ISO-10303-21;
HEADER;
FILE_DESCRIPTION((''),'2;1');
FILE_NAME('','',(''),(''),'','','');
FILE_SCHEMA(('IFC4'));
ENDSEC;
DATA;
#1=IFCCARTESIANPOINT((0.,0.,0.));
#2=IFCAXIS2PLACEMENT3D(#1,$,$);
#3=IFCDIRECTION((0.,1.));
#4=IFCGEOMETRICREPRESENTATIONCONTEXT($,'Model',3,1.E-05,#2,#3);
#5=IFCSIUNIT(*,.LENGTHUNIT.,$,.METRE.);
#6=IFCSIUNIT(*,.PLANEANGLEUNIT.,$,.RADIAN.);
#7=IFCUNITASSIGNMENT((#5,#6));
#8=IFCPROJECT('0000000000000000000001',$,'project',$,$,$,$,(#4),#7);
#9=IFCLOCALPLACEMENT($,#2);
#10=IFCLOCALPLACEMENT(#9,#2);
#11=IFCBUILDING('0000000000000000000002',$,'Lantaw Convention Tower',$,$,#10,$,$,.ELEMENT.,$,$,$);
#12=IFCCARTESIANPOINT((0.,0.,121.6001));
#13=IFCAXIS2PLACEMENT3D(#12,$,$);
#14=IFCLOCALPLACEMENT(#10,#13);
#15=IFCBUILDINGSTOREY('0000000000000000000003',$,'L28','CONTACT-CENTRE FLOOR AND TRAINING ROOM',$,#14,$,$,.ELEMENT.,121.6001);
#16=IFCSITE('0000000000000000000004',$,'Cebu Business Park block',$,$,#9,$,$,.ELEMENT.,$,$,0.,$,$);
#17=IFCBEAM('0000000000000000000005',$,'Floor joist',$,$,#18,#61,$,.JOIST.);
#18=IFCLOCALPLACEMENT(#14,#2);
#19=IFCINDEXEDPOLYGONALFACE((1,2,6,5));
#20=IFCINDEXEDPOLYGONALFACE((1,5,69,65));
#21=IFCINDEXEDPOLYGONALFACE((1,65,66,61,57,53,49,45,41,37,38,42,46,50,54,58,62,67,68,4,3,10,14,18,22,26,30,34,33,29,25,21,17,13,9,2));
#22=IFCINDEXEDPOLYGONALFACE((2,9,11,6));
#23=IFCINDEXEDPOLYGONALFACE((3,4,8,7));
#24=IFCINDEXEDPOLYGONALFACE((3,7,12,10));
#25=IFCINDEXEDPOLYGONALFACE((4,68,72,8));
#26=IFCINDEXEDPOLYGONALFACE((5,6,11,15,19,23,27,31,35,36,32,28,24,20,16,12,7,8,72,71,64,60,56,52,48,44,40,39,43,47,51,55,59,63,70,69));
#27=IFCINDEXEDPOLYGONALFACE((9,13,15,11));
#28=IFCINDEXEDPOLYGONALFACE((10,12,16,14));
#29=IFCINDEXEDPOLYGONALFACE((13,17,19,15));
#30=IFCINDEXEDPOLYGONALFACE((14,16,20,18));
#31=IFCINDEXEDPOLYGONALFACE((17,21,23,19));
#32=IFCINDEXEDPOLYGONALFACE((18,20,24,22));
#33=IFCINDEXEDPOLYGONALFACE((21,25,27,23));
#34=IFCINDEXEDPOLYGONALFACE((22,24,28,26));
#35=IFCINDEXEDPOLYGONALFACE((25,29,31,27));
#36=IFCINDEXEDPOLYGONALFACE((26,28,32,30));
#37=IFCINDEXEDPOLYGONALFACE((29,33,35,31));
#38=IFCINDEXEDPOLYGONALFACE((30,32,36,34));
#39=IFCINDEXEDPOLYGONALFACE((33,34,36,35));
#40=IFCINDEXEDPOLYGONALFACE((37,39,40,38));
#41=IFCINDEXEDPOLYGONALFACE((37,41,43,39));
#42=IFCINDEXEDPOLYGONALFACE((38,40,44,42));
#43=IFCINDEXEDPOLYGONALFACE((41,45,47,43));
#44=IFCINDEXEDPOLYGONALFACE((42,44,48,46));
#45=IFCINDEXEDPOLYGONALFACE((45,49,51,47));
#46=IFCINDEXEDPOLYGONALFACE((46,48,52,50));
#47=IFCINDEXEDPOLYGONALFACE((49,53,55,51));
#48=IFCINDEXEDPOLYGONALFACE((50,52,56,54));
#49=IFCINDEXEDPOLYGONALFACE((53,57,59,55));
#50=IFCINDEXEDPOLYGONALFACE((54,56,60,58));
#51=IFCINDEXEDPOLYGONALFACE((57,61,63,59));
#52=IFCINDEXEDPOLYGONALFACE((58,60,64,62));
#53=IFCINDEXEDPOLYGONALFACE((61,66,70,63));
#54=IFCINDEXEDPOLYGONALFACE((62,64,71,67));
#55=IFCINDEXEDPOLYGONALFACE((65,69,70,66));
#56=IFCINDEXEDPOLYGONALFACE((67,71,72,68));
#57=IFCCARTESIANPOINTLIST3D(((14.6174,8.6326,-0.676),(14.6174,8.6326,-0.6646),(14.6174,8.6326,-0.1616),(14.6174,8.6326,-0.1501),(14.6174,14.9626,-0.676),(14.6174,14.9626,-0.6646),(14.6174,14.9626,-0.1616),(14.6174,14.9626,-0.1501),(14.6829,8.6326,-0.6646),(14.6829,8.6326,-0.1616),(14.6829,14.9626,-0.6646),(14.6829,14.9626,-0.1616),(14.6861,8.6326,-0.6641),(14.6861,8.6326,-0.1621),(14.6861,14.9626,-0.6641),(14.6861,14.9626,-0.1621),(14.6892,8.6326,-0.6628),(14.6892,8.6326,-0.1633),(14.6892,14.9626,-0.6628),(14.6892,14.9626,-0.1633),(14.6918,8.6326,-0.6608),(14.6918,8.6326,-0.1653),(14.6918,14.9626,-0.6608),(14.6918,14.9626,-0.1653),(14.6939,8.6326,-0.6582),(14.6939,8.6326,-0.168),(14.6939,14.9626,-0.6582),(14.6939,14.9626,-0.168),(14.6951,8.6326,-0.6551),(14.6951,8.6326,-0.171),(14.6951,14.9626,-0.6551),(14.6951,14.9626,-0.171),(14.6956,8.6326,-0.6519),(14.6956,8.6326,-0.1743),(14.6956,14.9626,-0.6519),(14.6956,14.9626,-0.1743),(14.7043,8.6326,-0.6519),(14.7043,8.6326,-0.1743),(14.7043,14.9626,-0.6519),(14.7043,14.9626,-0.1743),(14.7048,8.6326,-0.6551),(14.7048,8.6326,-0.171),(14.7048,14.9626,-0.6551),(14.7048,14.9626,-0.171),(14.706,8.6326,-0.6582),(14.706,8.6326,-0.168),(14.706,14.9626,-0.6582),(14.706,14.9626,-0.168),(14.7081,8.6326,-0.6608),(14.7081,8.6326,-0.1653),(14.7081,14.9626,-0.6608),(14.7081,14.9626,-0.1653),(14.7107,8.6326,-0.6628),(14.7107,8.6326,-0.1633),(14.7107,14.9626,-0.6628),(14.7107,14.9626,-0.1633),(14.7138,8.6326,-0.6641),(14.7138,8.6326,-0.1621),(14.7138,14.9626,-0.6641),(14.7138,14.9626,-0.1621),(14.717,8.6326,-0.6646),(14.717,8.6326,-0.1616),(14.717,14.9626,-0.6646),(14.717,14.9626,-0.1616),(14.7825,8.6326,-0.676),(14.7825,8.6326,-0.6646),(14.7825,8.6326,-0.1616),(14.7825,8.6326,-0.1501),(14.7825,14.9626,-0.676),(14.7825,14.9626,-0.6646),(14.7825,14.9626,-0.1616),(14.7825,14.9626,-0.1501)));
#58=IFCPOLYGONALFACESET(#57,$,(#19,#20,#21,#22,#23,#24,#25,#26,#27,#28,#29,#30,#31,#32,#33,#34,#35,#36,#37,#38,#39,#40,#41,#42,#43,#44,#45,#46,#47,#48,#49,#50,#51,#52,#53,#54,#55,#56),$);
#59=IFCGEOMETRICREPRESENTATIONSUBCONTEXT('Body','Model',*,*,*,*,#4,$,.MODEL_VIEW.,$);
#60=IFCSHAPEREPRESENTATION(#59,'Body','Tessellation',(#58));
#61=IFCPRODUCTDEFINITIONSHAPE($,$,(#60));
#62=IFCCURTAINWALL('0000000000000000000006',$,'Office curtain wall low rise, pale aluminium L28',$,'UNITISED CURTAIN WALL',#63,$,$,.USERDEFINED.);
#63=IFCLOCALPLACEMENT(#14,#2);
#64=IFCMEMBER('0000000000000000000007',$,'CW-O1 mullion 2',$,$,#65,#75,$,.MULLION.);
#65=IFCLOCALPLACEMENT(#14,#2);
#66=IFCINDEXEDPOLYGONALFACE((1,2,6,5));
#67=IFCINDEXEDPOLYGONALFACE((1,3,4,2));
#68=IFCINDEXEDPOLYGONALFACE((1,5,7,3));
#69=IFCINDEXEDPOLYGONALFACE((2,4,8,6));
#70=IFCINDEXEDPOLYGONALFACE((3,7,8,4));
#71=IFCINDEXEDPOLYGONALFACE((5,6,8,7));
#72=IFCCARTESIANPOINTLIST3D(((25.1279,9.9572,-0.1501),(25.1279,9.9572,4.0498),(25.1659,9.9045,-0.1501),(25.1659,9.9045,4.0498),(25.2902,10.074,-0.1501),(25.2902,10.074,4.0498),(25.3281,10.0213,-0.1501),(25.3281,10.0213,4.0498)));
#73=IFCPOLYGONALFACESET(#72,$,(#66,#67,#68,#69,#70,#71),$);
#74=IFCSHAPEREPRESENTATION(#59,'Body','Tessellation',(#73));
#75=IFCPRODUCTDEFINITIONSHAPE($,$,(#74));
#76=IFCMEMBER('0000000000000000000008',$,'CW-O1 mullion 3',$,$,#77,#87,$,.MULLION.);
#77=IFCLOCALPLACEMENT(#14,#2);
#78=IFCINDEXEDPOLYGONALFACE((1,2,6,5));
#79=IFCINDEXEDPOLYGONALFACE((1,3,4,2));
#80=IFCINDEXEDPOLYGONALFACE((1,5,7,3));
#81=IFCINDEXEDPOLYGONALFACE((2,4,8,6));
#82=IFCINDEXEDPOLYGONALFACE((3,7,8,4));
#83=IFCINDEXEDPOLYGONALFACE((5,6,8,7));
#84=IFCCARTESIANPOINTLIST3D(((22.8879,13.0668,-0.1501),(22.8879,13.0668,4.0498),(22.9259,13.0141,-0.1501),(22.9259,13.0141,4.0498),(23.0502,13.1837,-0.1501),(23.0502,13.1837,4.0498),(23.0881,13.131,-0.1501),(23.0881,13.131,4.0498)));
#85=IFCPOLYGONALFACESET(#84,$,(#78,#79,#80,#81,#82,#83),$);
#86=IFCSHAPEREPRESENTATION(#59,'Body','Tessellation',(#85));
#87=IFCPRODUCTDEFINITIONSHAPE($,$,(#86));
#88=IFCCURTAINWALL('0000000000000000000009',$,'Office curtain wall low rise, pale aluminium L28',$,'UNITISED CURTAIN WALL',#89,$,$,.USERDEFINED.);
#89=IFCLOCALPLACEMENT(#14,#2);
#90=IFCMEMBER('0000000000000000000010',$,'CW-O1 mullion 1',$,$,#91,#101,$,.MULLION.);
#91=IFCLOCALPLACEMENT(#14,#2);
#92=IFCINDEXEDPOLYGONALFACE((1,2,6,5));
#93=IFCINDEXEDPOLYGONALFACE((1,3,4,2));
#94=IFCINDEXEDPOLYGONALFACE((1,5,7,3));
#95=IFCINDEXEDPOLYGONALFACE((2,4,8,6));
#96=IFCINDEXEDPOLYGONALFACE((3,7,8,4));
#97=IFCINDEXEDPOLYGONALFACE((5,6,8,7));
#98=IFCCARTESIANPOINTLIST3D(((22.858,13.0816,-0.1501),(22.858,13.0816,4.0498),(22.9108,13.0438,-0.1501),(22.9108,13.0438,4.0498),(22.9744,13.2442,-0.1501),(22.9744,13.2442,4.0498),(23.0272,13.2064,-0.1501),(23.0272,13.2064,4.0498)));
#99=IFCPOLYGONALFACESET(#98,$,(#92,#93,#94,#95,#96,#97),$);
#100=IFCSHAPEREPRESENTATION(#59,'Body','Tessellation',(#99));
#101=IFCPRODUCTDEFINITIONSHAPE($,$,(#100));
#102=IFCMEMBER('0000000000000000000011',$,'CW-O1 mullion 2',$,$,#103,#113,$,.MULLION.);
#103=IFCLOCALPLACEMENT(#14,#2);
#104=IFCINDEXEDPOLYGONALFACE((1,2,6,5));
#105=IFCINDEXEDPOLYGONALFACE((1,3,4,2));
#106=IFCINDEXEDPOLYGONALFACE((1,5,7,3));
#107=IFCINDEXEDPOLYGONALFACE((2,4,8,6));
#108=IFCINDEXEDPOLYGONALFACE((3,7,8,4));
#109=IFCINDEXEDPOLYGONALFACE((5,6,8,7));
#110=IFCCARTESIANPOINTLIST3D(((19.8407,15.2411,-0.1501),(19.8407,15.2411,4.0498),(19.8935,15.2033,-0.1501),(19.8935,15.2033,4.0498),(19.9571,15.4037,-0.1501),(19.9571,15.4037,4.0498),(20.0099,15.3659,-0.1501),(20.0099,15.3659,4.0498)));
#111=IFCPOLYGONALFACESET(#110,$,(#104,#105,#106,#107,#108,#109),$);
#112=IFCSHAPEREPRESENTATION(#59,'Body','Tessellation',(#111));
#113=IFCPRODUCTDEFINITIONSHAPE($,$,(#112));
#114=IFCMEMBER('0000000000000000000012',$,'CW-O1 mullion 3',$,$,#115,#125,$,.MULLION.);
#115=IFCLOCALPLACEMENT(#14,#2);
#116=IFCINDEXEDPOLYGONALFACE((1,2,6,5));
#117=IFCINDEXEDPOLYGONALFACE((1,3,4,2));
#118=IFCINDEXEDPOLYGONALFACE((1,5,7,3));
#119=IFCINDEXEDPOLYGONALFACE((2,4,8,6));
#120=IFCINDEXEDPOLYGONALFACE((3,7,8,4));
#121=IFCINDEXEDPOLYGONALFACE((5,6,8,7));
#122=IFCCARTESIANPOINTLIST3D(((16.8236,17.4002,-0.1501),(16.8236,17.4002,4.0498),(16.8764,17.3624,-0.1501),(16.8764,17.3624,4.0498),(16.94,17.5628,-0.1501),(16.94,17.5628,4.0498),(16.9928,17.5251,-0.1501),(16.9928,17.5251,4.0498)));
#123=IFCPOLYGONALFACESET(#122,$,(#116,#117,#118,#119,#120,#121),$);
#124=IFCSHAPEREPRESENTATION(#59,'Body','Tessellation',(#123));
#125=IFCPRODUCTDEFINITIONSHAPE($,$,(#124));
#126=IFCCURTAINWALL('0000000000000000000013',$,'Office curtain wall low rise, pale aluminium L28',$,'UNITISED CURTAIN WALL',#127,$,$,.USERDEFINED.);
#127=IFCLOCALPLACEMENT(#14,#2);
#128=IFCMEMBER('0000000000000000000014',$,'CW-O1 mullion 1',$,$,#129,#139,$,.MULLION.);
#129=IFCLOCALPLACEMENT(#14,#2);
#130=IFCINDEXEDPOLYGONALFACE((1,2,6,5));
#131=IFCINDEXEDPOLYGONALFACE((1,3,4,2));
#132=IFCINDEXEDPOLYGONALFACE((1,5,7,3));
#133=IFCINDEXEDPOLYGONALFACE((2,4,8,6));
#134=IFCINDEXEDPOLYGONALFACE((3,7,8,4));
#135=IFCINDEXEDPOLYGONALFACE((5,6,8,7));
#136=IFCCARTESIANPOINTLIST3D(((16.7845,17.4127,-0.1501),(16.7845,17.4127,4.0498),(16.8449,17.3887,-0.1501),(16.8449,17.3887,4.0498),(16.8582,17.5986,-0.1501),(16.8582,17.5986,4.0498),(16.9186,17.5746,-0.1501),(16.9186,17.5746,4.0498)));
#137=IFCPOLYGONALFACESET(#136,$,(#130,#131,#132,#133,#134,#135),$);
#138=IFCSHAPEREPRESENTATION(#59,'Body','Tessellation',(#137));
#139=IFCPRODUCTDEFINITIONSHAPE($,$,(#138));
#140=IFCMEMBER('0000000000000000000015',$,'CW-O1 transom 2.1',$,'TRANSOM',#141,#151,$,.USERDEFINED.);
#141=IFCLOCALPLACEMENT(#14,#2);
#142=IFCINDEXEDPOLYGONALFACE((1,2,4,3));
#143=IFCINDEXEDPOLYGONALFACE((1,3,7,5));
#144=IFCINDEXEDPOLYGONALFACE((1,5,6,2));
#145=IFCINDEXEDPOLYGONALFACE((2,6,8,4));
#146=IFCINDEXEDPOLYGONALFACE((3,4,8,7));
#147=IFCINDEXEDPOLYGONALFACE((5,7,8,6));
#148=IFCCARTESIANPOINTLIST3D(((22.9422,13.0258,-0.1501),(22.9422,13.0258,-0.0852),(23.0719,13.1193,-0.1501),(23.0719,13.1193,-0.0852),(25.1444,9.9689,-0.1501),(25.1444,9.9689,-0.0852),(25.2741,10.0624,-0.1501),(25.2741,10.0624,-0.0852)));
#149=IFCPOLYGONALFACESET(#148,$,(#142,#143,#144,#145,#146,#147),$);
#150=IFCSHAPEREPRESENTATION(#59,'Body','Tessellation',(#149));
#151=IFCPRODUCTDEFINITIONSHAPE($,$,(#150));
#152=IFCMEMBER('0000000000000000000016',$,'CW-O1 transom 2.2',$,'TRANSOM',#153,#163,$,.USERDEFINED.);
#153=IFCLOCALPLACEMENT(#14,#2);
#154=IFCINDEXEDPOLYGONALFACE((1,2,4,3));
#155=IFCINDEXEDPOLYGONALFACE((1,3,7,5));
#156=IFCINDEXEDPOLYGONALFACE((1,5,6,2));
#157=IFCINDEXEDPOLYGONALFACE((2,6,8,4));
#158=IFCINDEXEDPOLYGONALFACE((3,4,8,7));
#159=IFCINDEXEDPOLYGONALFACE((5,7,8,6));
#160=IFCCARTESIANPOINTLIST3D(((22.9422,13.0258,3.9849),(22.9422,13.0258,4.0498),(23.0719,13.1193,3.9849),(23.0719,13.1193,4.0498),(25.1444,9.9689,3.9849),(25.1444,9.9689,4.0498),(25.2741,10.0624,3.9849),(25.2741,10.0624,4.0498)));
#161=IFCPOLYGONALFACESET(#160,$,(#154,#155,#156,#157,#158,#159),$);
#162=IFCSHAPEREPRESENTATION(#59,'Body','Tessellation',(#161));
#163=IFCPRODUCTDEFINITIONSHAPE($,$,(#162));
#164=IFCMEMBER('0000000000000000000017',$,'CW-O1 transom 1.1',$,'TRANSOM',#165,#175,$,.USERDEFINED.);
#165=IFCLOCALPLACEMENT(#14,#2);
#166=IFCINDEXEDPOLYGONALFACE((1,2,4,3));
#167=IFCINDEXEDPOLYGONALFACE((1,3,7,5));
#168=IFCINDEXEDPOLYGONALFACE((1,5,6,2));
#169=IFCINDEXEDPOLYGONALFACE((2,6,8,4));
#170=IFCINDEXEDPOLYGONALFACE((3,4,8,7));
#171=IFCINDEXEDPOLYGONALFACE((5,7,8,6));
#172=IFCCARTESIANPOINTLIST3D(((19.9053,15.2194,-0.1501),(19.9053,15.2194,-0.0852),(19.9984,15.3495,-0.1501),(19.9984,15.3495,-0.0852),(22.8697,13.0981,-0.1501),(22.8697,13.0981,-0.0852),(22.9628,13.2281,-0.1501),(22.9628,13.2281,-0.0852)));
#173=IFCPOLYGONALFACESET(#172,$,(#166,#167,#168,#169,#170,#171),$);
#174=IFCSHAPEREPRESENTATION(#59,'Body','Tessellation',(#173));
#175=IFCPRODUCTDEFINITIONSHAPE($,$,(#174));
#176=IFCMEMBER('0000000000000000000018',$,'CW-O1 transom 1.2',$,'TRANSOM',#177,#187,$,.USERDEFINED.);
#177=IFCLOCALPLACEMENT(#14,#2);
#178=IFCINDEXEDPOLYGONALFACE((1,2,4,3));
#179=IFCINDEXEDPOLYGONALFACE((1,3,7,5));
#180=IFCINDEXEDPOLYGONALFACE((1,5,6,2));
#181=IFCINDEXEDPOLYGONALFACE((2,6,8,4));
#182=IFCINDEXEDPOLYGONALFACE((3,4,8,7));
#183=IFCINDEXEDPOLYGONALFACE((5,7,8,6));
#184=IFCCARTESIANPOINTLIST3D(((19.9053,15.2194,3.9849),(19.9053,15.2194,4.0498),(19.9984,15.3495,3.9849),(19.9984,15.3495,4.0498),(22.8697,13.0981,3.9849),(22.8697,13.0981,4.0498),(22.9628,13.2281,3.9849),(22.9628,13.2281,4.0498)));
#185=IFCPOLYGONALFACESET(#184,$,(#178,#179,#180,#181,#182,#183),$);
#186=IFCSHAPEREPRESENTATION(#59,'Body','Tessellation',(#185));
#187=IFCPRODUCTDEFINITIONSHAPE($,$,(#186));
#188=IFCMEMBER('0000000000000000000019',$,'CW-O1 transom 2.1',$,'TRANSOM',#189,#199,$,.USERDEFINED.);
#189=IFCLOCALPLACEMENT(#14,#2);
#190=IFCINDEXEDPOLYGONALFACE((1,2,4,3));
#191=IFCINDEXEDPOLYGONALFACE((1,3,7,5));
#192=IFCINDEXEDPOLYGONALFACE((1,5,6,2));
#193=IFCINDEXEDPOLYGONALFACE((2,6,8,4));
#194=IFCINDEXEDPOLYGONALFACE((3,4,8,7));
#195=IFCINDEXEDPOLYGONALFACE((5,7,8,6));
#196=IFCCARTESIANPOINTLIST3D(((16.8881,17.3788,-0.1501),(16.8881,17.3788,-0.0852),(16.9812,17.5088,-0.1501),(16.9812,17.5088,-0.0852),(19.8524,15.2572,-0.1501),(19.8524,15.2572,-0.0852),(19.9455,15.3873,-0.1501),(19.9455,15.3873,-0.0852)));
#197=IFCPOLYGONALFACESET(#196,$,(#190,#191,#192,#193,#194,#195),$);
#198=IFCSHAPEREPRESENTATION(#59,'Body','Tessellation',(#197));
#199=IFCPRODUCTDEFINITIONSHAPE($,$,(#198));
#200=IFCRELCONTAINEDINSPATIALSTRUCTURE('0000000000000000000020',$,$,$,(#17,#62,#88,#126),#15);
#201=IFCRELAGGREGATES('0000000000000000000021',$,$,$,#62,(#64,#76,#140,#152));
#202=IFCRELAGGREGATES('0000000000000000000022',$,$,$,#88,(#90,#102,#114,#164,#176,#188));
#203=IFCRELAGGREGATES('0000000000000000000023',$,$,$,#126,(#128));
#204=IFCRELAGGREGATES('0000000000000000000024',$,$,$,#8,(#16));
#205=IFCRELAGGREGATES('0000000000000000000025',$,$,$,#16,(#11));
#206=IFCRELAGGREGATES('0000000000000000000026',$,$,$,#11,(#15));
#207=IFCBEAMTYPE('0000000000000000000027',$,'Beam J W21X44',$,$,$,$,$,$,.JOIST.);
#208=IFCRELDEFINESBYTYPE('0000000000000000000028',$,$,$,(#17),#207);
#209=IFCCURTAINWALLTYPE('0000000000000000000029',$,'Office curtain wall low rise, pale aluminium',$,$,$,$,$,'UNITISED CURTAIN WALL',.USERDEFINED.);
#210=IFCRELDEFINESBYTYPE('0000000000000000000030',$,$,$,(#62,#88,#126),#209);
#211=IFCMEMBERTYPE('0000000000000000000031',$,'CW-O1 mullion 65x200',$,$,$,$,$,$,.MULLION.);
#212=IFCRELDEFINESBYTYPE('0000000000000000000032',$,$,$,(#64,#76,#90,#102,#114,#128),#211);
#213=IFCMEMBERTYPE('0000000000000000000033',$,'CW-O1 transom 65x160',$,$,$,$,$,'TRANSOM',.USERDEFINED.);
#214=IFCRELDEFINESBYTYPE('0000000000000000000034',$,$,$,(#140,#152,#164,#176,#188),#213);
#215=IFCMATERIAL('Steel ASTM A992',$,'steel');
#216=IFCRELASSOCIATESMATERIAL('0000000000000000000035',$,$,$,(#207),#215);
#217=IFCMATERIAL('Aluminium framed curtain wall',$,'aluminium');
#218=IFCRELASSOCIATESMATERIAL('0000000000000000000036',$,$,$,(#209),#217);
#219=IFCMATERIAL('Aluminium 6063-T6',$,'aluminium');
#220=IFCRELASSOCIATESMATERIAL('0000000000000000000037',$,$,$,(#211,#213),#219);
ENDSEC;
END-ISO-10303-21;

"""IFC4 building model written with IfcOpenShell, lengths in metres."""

from ifc_helpers import new_model, si_unit, direction, frame, origin, origin_2d, place, context, subcontext, project, spatial, rectangle, i_section, extrude, material, material_profile, profile_set, type_object, element, aggregate, save


model = new_model("IFC4")

# Units and contexts
model_context = context("Model", 3, precision=1e-05, world=origin(), true_north=direction((0.0, 1.0)))
body_context = subcontext(model_context, "Body", "Model", "MODEL_VIEW")
ifc_project = project(units=[si_unit("LENGTHUNIT", "METRE"), si_unit("PLANEANGLEUNIT", "RADIAN")], contexts=[model_context])

# Site, building, storey
site_placement = place(None, origin())
site = spatial("IfcSite", under=ifc_project, at=site_placement, Name="Cebu Business Park block", CompositionType="ELEMENT", RefElevation=0.0)
building_placement = place(site_placement, origin())
building = spatial("IfcBuilding", under=site, at=building_placement, Name="Lantaw Convention Tower", CompositionType="ELEMENT")
storey_placement = place(building_placement, frame((0.0, 0.0, 121.6001)))
storey = spatial("IfcBuildingStorey", under=building, at=storey_placement, Name="L28", Description="CONTACT-CENTRE FLOOR AND TRAINING ROOM", CompositionType="ELEMENT", Elevation=121.6001)

# Beam
ifc_material_1 = material(Name="Steel ASTM A992", Category="steel")
ifc_material_profile_1 = material_profile(ifc_material_1, i_section(OverallWidth=0.165, OverallDepth=0.5259, WebThickness=0.0088, FlangeThickness=0.0115, FilletRadius=0.0127, at=origin_2d()), Name="W21X44")
ifc_profile_set_1 = profile_set([ifc_material_profile_1], Name="Steel ASTM A992")
beam_type_1 = type_object("IfcBeamType", Name="Beam J W21X44", PredefinedType="JOIST", material=ifc_profile_set_1)
beam_1_placement = place(storey_placement, frame((14.7, 8.6326, -0.4131), z_axis=(0.0, 1.0, 0.0), x_axis=(-1.0, 0.0, 0.0)))
element("IfcBeam", 1, at=beam_1_placement, inside=storey, type_object=beam_type_1, Name="Floor joist", PredefinedType="JOIST", context=body_context, shape_type="SweptSolid", body=[
    extrude(i_section(OverallWidth=0.165, OverallDepth=0.5259, WebThickness=0.0088, FlangeThickness=0.0115, FilletRadius=0.0127, at=origin_2d()), origin(), (0.0, 0.0, 1.0), 6.3301),
])

# Curtain walls, members
ifc_material_2 = material(Name="Aluminium framed curtain wall", Category="aluminium")
curtain_wall_type = type_object("IfcCurtainWallType", Name="Office curtain wall low rise, pale aluminium", ElementType="UNITISED CURTAIN WALL", PredefinedType="USERDEFINED", material=ifc_material_2)
curtain_wall_1_placement = place(storey_placement, origin())
curtain_wall_1 = element("IfcCurtainWall", 2, at=curtain_wall_1_placement, inside=storey, type_object=curtain_wall_type, Name="Office curtain wall low rise, pale aluminium L28", ObjectType="UNITISED CURTAIN WALL", PredefinedType="USERDEFINED")
ifc_material_3 = material(Name="Aluminium 6063-T6", Category="aluminium")
ifc_material_profile_2 = material_profile(ifc_material_3, rectangle(XDim=0.2, YDim=0.0649, at=origin_2d()), Name="CW-O1 mullion 65x200")
ifc_profile_set_2 = profile_set([ifc_material_profile_2], Name="Aluminium 6063-T6")
member_type_1 = type_object("IfcMemberType", Name="CW-O1 mullion 65x200", PredefinedType="MULLION", material=ifc_profile_set_2)
member_1_placement = place(storey_placement, frame((25.228, 9.9893, -0.1501), z_axis=(0.0, 0.0, 1.0), x_axis=(-0.811385, -0.584513, 0.0)))
member_1 = element("IfcMember", 3, at=member_1_placement, type_object=member_type_1, Name="CW-O1 mullion 2", PredefinedType="MULLION", context=body_context, shape_type="SweptSolid", body=[
    extrude(rectangle(XDim=0.2, YDim=0.0649, at=origin_2d()), origin(), (0.0, 0.0, 1.0), 4.2),
])
member_2_placement = place(storey_placement, frame((22.988, 13.0989, -0.1501), z_axis=(0.0, 0.0, 1.0), x_axis=(-0.811385, -0.584513, 0.0)))
member_2 = element("IfcMember", 4, at=member_2_placement, type_object=member_type_1, Name="CW-O1 mullion 3", PredefinedType="MULLION", context=body_context, shape_type="SweptSolid", body=[
    extrude(rectangle(XDim=0.2, YDim=0.0649, at=origin_2d()), origin(), (0.0, 0.0, 1.0), 4.2),
])
curtain_wall_2_placement = place(storey_placement, origin())
curtain_wall_2 = element("IfcCurtainWall", 5, at=curtain_wall_2_placement, inside=storey, type_object=curtain_wall_type, Name="Office curtain wall low rise, pale aluminium L28", ObjectType="UNITISED CURTAIN WALL", PredefinedType="USERDEFINED")
member_3_placement = place(storey_placement, frame((22.9426, 13.144, -0.1501), z_axis=(0.0, 0.0, 1.0), x_axis=(-0.581973, -0.813208, 0.0)))
member_3 = element("IfcMember", 6, at=member_3_placement, type_object=member_type_1, Name="CW-O1 mullion 1", PredefinedType="MULLION", context=body_context, shape_type="SweptSolid", body=[
    extrude(rectangle(XDim=0.2, YDim=0.0649, at=origin_2d()), origin(), (0.0, 0.0, 1.0), 4.2),
])
member_4_placement = place(storey_placement, frame((19.9253, 15.3035, -0.1501), z_axis=(0.0, 0.0, 1.0), x_axis=(-0.581973, -0.813208, 0.0)))
member_4 = element("IfcMember", 7, at=member_4_placement, type_object=member_type_1, Name="CW-O1 mullion 2", PredefinedType="MULLION", context=body_context, shape_type="SweptSolid", body=[
    extrude(rectangle(XDim=0.2, YDim=0.0649, at=origin_2d()), origin(), (0.0, 0.0, 1.0), 4.2),
])
member_5_placement = place(storey_placement, frame((16.9082, 17.4626, -0.1501), z_axis=(0.0, 0.0, 1.0), x_axis=(-0.581973, -0.813208, 0.0)))
member_5 = element("IfcMember", 8, at=member_5_placement, type_object=member_type_1, Name="CW-O1 mullion 3", PredefinedType="MULLION", context=body_context, shape_type="SweptSolid", body=[
    extrude(rectangle(XDim=0.2, YDim=0.0649, at=origin_2d()), origin(), (0.0, 0.0, 1.0), 4.2),
])

# Curtain wall, member
curtain_wall_3_placement = place(storey_placement, origin())
curtain_wall_3 = element("IfcCurtainWall", 9, at=curtain_wall_3_placement, inside=storey, type_object=curtain_wall_type, Name="Office curtain wall low rise, pale aluminium L28", ObjectType="UNITISED CURTAIN WALL", PredefinedType="USERDEFINED")
member_6_placement = place(storey_placement, frame((16.8516, 17.4937, -0.1501), z_axis=(0.0, 0.0, 1.0), x_axis=(-0.368702, -0.929548, 0.0)))
member_6 = element("IfcMember", 10, at=member_6_placement, type_object=member_type_1, Name="CW-O1 mullion 1", PredefinedType="MULLION", context=body_context, shape_type="SweptSolid", body=[
    extrude(rectangle(XDim=0.2, YDim=0.0649, at=origin_2d()), origin(), (0.0, 0.0, 1.0), 4.2),
])

# Members
ifc_material_profile_3 = material_profile(ifc_material_3, rectangle(XDim=0.1599, YDim=0.0649, at=origin_2d()), Name="CW-O1 transom 65x160")
ifc_profile_set_3 = profile_set([ifc_material_profile_3], Name="Aluminium 6063-T6")
member_type_2 = type_object("IfcMemberType", Name="CW-O1 transom 65x160", ElementType="TRANSOM", PredefinedType="USERDEFINED", material=ifc_profile_set_3)
member_7_placement = place(storey_placement, frame((25.2092, 10.0156, -0.1177), z_axis=(-0.584513, 0.811384, 0.0), x_axis=(-0.811384, -0.584513, 0.0)))
member_7 = element("IfcMember", 11, at=member_7_placement, type_object=member_type_2, Name="CW-O1 transom 2.1", ObjectType="TRANSOM", PredefinedType="USERDEFINED", context=body_context, shape_type="SweptSolid", body=[
    extrude(rectangle(XDim=0.1599, YDim=0.0649, at=origin_2d()), origin(), (0.0, 0.0, 1.0), 3.7676),
])
member_8_placement = place(storey_placement, frame((25.2092, 10.0156, 4.0173), z_axis=(-0.584513, 0.811384, 0.0), x_axis=(-0.811384, -0.584513, 0.0)))
member_8 = element("IfcMember", 12, at=member_8_placement, type_object=member_type_2, Name="CW-O1 transom 2.2", ObjectType="TRANSOM", PredefinedType="USERDEFINED", context=body_context, shape_type="SweptSolid", body=[
    extrude(rectangle(XDim=0.1599, YDim=0.0649, at=origin_2d()), origin(), (0.0, 0.0, 1.0), 3.7676),
])
member_9_placement = place(storey_placement, frame((22.9163, 13.1631, -0.1177), z_axis=(-0.813222, 0.581954, 0.0), x_axis=(-0.581954, -0.813222, 0.0)))
member_9 = element("IfcMember", 13, at=member_9_placement, type_object=member_type_2, Name="CW-O1 transom 1.1", ObjectType="TRANSOM", PredefinedType="USERDEFINED", context=body_context, shape_type="SweptSolid", body=[
    extrude(rectangle(XDim=0.1599, YDim=0.0649, at=origin_2d()), origin(), (0.0, 0.0, 1.0), 3.6453),
])
member_10_placement = place(storey_placement, frame((22.9163, 13.1631, 4.0173), z_axis=(-0.813222, 0.581954, 0.0), x_axis=(-0.581954, -0.813222, 0.0)))
member_10 = element("IfcMember", 14, at=member_10_placement, type_object=member_type_2, Name="CW-O1 transom 1.2", ObjectType="TRANSOM", PredefinedType="USERDEFINED", context=body_context, shape_type="SweptSolid", body=[
    extrude(rectangle(XDim=0.1599, YDim=0.0649, at=origin_2d()), origin(), (0.0, 0.0, 1.0), 3.6453),
])
member_11_placement = place(storey_placement, frame((19.8989, 15.3223, -0.1177), z_axis=(-0.81319, 0.581998, 0.0), x_axis=(-0.581998, -0.81319, 0.0)))
member_11 = element("IfcMember", 15, at=member_11_placement, type_object=member_type_2, Name="CW-O1 transom 2.1", ObjectType="TRANSOM", PredefinedType="USERDEFINED", context=body_context, shape_type="SweptSolid", body=[
    extrude(rectangle(XDim=0.1599, YDim=0.0649, at=origin_2d()), origin(), (0.0, 0.0, 1.0), 3.6453),
])

aggregate(curtain_wall_1, [member_1, member_2, member_7, member_8])
aggregate(curtain_wall_2, [member_3, member_4, member_5, member_9, member_10, member_11])
aggregate(curtain_wall_3, [member_6])

save(model, "model.ifc")
